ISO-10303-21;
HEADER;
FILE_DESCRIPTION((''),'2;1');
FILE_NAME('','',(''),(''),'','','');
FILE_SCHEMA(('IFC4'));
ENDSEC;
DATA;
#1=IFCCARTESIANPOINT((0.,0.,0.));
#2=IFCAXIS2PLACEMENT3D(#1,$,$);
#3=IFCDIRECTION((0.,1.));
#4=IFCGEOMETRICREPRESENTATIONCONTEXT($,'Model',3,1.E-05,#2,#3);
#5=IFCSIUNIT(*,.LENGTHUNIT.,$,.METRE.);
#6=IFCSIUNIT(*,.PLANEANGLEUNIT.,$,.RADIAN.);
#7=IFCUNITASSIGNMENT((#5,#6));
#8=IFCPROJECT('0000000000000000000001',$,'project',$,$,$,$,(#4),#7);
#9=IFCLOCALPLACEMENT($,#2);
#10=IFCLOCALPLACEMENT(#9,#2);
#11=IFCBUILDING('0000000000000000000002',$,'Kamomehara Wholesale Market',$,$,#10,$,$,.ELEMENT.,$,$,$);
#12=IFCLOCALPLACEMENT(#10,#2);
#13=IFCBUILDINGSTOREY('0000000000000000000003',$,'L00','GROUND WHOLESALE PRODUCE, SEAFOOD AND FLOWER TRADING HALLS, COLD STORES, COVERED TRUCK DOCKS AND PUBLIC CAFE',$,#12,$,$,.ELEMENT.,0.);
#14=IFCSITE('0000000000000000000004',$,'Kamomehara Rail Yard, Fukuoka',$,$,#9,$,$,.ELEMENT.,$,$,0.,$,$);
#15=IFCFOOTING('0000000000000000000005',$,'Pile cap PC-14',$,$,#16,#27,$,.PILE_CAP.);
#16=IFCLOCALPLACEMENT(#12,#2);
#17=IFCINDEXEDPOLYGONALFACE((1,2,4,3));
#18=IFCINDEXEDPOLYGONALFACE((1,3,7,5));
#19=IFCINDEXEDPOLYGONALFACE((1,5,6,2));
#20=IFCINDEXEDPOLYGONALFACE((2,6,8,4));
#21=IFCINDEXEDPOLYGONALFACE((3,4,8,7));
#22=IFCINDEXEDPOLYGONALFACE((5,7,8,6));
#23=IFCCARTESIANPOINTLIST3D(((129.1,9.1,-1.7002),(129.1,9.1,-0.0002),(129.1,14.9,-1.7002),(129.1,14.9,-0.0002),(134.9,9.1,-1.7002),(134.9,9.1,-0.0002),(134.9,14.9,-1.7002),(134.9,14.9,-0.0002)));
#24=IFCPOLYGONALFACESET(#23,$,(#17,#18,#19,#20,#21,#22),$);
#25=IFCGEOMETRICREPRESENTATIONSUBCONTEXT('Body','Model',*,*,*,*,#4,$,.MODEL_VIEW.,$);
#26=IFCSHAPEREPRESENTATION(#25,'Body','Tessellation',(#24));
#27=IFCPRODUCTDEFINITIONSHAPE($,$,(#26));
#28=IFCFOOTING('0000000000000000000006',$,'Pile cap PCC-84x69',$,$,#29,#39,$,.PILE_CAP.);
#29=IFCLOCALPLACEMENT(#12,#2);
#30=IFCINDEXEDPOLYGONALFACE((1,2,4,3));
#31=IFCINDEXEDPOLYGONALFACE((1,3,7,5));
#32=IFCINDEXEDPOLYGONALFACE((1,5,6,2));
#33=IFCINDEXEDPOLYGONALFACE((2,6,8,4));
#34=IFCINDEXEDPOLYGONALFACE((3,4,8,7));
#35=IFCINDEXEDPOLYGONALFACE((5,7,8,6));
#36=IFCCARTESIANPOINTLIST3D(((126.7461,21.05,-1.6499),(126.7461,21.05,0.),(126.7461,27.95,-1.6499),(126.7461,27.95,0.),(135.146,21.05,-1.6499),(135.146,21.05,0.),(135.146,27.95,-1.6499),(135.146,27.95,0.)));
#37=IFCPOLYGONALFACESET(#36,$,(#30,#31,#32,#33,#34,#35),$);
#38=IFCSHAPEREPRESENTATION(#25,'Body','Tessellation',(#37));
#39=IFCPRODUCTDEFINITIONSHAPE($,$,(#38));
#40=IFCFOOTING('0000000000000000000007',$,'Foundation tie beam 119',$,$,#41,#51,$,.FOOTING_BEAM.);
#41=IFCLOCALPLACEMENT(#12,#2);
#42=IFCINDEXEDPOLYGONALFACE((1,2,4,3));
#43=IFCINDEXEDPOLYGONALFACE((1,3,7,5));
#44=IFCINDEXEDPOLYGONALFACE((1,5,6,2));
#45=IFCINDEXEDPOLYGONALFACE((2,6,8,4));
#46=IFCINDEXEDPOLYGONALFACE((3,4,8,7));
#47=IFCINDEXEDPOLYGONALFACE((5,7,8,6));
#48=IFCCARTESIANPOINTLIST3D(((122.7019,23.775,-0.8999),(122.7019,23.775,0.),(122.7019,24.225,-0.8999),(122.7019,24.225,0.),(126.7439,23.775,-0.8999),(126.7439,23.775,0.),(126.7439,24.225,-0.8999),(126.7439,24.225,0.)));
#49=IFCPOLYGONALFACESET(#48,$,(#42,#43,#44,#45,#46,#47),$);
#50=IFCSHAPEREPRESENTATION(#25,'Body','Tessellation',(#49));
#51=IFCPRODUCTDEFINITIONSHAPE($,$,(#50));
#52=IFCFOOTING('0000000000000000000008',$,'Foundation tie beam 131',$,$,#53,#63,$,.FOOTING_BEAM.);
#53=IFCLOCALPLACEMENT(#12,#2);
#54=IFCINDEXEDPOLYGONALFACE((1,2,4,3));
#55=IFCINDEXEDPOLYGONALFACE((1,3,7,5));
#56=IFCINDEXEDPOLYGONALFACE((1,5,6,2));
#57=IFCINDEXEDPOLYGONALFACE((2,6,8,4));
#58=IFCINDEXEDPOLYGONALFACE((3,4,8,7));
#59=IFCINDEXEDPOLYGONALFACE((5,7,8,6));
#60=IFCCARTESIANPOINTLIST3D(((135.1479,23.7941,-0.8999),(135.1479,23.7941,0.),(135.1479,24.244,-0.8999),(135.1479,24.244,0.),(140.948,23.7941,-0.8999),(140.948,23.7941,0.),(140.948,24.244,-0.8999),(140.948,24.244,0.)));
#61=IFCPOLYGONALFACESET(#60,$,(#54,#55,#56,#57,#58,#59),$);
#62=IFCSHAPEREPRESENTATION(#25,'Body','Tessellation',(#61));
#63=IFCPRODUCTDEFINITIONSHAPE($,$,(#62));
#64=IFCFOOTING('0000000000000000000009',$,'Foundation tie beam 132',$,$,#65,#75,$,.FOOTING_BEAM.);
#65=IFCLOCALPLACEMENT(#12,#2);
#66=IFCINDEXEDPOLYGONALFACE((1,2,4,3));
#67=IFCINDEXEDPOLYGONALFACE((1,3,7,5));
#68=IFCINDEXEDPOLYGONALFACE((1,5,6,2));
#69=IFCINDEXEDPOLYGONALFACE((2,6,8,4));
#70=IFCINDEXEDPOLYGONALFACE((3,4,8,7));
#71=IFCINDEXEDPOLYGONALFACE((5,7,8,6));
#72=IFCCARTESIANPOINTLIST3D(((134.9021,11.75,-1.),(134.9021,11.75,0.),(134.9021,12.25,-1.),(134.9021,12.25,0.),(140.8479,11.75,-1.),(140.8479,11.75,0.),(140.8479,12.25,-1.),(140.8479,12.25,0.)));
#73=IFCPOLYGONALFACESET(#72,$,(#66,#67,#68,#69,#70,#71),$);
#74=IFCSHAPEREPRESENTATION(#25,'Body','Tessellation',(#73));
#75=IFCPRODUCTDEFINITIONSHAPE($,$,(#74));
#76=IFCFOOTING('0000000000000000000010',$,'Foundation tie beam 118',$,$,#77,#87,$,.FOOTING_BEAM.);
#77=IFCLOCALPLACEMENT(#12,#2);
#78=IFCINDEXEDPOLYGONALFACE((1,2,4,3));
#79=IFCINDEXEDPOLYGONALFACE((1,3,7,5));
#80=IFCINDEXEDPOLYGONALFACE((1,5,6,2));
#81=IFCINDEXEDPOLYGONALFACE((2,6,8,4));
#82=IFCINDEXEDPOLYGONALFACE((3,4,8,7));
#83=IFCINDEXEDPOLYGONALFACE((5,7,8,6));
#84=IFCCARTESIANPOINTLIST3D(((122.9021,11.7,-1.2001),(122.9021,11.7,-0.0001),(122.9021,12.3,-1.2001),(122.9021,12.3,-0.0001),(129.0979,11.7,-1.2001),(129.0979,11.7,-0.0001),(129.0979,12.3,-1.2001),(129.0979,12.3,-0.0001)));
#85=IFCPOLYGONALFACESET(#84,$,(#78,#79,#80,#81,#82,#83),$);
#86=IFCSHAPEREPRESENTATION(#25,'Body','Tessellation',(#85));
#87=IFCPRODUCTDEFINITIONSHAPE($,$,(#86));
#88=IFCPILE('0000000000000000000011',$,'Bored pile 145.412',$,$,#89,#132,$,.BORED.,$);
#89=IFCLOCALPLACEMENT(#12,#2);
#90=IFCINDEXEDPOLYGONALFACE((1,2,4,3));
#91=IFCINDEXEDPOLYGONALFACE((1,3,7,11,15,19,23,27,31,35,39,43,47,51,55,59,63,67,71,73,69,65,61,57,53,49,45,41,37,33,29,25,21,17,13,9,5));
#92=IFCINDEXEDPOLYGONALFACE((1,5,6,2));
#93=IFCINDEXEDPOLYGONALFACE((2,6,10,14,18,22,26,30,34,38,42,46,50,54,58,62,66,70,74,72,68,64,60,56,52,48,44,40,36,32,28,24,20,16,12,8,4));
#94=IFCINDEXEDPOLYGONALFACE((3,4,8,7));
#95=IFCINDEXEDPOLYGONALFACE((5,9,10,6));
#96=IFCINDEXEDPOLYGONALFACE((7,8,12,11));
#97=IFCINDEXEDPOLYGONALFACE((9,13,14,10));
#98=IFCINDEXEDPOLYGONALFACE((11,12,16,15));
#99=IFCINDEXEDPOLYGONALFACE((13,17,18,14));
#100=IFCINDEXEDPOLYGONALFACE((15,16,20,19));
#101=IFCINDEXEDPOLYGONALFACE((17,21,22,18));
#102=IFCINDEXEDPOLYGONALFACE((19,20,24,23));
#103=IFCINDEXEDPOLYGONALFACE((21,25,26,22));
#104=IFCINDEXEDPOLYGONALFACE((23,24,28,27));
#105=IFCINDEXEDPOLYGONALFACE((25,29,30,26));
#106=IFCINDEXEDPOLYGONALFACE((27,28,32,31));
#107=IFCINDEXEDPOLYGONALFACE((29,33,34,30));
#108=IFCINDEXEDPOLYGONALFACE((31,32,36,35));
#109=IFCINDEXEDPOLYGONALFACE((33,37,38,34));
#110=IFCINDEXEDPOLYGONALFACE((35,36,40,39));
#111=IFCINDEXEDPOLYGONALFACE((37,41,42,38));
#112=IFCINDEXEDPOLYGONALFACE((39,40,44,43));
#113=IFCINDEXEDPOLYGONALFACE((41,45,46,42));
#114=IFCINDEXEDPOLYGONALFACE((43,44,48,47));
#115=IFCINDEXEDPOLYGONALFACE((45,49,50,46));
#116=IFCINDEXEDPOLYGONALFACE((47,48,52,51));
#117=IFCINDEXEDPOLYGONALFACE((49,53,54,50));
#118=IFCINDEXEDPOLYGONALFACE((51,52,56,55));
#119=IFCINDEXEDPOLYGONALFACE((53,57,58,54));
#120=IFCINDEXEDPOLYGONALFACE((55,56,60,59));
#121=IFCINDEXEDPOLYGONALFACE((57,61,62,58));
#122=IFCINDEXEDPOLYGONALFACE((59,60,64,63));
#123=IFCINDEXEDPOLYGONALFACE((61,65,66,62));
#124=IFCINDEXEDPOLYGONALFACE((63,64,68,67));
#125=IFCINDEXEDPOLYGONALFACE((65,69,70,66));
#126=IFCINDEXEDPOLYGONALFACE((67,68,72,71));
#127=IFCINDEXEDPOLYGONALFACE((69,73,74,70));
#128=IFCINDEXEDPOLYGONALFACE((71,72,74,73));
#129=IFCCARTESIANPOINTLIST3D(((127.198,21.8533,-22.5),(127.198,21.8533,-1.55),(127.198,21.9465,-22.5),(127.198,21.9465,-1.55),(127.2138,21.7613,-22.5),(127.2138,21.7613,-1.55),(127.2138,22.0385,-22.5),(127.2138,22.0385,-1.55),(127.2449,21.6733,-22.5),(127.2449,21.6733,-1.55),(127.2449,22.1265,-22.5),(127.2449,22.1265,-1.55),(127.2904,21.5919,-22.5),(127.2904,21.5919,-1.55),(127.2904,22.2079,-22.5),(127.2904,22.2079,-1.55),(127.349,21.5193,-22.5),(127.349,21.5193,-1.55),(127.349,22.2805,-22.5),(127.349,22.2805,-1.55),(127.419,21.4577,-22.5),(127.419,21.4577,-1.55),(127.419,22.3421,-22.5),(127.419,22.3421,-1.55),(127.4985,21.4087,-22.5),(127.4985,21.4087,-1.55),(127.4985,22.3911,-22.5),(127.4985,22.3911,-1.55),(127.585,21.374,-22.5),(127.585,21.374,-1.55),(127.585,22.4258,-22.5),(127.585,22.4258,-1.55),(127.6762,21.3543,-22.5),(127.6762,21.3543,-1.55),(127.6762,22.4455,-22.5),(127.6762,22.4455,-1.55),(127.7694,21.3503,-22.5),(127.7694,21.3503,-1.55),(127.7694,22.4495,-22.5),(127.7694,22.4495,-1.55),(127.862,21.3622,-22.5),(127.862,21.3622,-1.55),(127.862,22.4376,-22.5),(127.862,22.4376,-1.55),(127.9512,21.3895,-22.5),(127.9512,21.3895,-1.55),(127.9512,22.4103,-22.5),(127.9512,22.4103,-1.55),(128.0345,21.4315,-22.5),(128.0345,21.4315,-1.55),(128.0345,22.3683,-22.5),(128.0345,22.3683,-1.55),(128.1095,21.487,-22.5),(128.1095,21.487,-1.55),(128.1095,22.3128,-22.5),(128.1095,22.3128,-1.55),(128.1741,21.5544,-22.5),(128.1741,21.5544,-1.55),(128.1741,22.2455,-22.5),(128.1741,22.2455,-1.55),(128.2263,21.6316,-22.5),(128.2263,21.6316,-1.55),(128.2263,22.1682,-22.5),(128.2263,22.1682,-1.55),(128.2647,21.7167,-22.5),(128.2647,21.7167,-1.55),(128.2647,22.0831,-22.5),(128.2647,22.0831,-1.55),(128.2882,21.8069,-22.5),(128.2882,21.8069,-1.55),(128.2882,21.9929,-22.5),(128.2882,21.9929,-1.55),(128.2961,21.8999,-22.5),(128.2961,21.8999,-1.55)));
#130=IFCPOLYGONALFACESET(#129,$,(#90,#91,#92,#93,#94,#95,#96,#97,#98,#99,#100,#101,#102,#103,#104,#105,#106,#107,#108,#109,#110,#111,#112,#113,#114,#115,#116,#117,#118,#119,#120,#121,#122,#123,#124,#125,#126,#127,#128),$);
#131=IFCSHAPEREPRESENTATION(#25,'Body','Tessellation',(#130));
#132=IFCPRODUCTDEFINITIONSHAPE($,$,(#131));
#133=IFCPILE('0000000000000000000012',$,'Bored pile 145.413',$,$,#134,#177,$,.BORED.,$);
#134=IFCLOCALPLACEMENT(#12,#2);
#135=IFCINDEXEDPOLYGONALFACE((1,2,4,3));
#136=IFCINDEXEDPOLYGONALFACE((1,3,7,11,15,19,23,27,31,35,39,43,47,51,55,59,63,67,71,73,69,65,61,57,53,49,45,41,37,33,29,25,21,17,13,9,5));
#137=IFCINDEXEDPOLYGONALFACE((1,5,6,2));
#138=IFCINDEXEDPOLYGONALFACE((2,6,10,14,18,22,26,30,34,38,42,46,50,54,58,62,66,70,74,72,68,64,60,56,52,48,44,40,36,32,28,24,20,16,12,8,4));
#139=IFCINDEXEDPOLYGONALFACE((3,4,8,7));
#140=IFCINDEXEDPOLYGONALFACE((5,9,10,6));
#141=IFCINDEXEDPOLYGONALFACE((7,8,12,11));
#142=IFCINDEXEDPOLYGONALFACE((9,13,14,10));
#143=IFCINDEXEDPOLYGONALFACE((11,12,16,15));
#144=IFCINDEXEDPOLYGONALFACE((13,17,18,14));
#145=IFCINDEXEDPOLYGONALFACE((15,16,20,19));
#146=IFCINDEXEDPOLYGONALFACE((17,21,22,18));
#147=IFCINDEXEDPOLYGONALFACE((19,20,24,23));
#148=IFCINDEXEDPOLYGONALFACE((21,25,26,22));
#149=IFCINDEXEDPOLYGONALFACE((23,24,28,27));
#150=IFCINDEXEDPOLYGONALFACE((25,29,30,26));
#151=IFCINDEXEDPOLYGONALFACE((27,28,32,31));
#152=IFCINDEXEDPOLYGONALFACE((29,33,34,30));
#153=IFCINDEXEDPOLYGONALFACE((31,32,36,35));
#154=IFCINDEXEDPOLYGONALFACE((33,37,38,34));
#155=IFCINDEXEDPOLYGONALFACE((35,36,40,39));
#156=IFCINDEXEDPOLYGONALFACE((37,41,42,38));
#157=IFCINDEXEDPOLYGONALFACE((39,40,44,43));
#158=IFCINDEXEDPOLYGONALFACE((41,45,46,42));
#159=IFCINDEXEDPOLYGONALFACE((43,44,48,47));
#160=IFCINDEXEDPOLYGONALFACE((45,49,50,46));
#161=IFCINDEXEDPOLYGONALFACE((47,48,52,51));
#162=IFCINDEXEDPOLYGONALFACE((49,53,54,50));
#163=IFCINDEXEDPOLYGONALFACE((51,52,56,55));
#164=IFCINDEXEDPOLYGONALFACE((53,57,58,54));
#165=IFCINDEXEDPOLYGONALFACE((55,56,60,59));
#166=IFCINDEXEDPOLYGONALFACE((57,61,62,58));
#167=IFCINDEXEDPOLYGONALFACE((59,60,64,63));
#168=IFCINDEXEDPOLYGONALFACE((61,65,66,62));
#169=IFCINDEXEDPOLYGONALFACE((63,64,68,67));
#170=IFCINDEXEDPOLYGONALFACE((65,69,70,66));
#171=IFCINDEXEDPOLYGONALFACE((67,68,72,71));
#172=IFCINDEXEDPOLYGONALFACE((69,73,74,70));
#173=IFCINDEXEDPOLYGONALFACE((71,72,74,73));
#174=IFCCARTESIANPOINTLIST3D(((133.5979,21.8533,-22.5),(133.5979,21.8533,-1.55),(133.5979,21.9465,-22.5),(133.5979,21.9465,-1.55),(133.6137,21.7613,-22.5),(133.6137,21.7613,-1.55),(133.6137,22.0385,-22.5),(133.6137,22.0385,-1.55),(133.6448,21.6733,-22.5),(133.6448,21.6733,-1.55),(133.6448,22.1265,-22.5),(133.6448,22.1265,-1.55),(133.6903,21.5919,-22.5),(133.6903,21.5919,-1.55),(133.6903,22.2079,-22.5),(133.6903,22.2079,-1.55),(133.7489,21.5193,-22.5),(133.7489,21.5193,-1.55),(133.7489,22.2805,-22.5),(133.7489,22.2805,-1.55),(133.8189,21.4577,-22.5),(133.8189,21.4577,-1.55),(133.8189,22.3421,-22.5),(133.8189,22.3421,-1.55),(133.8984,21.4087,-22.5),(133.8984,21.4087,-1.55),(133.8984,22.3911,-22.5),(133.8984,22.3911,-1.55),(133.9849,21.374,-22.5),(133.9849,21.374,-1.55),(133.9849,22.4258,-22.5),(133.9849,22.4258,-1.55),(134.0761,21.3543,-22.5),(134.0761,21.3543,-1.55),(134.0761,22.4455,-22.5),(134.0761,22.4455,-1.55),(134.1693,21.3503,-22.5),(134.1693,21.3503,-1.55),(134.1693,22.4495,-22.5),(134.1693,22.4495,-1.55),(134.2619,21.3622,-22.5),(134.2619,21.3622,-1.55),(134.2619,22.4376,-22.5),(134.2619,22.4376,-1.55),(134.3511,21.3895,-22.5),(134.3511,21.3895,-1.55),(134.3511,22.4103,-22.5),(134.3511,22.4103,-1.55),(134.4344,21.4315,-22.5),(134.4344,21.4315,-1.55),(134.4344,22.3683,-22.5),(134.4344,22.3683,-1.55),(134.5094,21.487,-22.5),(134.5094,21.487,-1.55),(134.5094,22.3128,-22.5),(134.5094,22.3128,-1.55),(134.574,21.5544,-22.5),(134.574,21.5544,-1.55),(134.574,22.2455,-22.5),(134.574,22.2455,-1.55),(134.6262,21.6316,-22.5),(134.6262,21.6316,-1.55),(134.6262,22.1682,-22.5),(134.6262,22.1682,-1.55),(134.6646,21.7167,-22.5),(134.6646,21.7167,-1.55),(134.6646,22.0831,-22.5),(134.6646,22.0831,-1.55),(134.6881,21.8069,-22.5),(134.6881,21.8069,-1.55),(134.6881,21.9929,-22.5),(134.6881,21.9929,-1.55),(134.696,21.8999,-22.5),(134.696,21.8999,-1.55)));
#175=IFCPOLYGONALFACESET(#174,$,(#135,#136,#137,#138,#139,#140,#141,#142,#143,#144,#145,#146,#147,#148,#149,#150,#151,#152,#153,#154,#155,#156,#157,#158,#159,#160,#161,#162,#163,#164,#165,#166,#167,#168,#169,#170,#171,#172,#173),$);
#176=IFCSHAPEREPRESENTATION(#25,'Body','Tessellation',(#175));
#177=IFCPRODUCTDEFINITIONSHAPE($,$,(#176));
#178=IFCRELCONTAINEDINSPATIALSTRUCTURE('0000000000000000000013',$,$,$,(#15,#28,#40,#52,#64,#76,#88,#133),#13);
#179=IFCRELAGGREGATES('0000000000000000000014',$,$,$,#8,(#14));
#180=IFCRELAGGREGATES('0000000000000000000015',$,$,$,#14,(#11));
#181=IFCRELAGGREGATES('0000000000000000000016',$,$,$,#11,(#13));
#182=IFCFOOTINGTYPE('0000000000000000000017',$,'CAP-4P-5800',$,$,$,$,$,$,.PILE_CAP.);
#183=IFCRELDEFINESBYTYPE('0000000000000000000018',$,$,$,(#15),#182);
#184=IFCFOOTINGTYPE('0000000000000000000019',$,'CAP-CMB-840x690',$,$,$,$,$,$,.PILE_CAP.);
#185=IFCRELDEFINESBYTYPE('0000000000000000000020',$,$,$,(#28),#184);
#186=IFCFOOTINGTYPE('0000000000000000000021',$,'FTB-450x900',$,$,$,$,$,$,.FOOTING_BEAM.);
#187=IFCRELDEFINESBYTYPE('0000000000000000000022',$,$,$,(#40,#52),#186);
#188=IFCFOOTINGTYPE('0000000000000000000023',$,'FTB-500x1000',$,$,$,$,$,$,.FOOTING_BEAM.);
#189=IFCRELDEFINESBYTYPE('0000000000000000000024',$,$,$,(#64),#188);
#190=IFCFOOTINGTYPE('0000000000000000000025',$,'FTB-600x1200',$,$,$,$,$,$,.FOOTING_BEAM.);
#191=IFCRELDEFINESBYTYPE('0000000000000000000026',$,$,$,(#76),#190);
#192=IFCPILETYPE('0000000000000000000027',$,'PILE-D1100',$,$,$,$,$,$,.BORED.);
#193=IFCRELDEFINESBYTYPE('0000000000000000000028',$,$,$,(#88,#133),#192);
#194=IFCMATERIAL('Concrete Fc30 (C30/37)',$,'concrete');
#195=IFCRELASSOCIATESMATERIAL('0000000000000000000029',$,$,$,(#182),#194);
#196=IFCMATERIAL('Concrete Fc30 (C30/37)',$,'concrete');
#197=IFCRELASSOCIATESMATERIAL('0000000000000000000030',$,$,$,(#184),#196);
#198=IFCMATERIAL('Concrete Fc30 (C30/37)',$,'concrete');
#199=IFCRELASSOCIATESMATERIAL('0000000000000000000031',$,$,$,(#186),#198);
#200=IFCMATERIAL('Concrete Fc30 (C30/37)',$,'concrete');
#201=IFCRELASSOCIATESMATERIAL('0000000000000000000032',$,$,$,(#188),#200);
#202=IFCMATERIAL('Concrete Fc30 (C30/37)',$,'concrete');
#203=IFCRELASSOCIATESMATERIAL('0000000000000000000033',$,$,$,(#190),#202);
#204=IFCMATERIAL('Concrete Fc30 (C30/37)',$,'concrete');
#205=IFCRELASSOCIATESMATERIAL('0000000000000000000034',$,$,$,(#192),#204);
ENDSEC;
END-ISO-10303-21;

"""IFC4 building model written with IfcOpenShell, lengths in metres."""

from ifc_helpers import new_model, si_unit, direction, frame, origin, origin_2d, place, context, subcontext, project, spatial, rectangle, circle, extrude, material, material_profile, profile_set, type_object, element, save


model = new_model("IFC4")

# Units and contexts
model_context = context("Model", 3, precision=1e-05, world=origin(), true_north=direction((0.0, 1.0)))
body_context = subcontext(model_context, "Body", "Model", "MODEL_VIEW")
ifc_project = project(units=[si_unit("LENGTHUNIT", "METRE"), si_unit("PLANEANGLEUNIT", "RADIAN")], contexts=[model_context])

# Site, building, storey
site_placement = place(None, origin())
site = spatial("IfcSite", under=ifc_project, at=site_placement, Name="Kamomehara Rail Yard, Fukuoka", CompositionType="ELEMENT", RefElevation=0.0)
building_placement = place(site_placement, origin())
building = spatial("IfcBuilding", under=site, at=building_placement, Name="Kamomehara Wholesale Market", CompositionType="ELEMENT")
storey_placement = place(building_placement, origin())
storey = spatial("IfcBuildingStorey", under=building, at=storey_placement, Name="L00", Description="GROUND WHOLESALE PRODUCE, SEAFOOD AND FLOWER TRADING HALLS, COLD STORES, COVERED TRUCK DOCKS AND PUBLIC CAFE", CompositionType="ELEMENT", Elevation=0.0)

# Footings
ifc_material_1 = material(Name="Concrete Fc30 (C30/37)", Category="concrete")
footing_type_1 = type_object("IfcFootingType", Name="CAP-4P-5800", PredefinedType="PILE_CAP", material=ifc_material_1)
footing_1_placement = place(storey_placement, frame((132.0, 12.0, -1.7002), z_axis=(0.0, 0.0, 1.0), x_axis=(1.0, 0.0, 0.0)))
element("IfcFooting", 1, at=footing_1_placement, inside=storey, type_object=footing_type_1, Name="Pile cap PC-14", PredefinedType="PILE_CAP", context=body_context, shape_type="SweptSolid", body=[
    extrude(rectangle(XDim=5.8, YDim=5.8, at=origin_2d()), origin(), (0.0, 0.0, 1.0), 1.7),
])
ifc_material_2 = material(Name="Concrete Fc30 (C30/37)", Category="concrete")
footing_type_2 = type_object("IfcFootingType", Name="CAP-CMB-840x690", PredefinedType="PILE_CAP", material=ifc_material_2)
footing_2_placement = place(storey_placement, frame((130.946, 24.5, -1.6499), z_axis=(0.0, 0.0, 1.0), x_axis=(1.0, 0.0, 0.0)))
element("IfcFooting", 2, at=footing_2_placement, inside=storey, type_object=footing_type_2, Name="Pile cap PCC-84x69", PredefinedType="PILE_CAP", context=body_context, shape_type="SweptSolid", body=[
    extrude(rectangle(XDim=8.3999, YDim=6.8999, at=origin_2d()), origin(), (0.0, 0.0, 1.0), 1.6499),
])
ifc_material_3 = material(Name="Concrete Fc30 (C30/37)", Category="concrete")
ifc_material_profile_1 = material_profile(ifc_material_3, rectangle(XDim=0.45, YDim=0.8999, at=origin_2d()), Name="RC-FTB-450x900")
ifc_profile_set_1 = profile_set([ifc_material_profile_1], Name="Concrete Fc30 (C30/37)")
footing_type_3 = type_object("IfcFootingType", Name="FTB-450x900", PredefinedType="FOOTING_BEAM", material=ifc_profile_set_1)
footing_3_placement = place(storey_placement, frame((122.7019, 24.0, -0.45), z_axis=(1.0, 0.0, 0.0), x_axis=(0.0, 1.0, 0.0)))
element("IfcFooting", 3, at=footing_3_placement, inside=storey, type_object=footing_type_3, Name="Foundation tie beam 119", PredefinedType="FOOTING_BEAM", context=body_context, shape_type="SweptSolid", body=[
    extrude(rectangle(XDim=0.45, YDim=0.8999, at=origin_2d()), origin(), (0.0, 0.0, 1.0), 4.042),
])
footing_4_placement = place(storey_placement, frame((135.1479, 24.019, -0.45), z_axis=(1.0, 0.0, 0.0), x_axis=(0.0, 1.0, 0.0)))
element("IfcFooting", 4, at=footing_4_placement, inside=storey, type_object=footing_type_3, Name="Foundation tie beam 131", PredefinedType="FOOTING_BEAM", context=body_context, shape_type="SweptSolid", body=[
    extrude(rectangle(XDim=0.45, YDim=0.8999, at=origin_2d()), origin(), (0.0, 0.0, 1.0), 5.8),
])
ifc_material_4 = material(Name="Concrete Fc30 (C30/37)", Category="concrete")
ifc_material_profile_2 = material_profile(ifc_material_4, rectangle(XDim=0.5, YDim=1.0, at=origin_2d()), Name="RC-FTB-500x1000")
ifc_profile_set_2 = profile_set([ifc_material_profile_2], Name="Concrete Fc30 (C30/37)")
footing_type_4 = type_object("IfcFootingType", Name="FTB-500x1000", PredefinedType="FOOTING_BEAM", material=ifc_profile_set_2)
footing_5_placement = place(storey_placement, frame((134.9021, 12.0, -0.5), z_axis=(1.0, 0.0, 0.0), x_axis=(0.0, 1.0, 0.0)))
element("IfcFooting", 5, at=footing_5_placement, inside=storey, type_object=footing_type_4, Name="Foundation tie beam 132", PredefinedType="FOOTING_BEAM", context=body_context, shape_type="SweptSolid", body=[
    extrude(rectangle(XDim=0.5, YDim=1.0, at=origin_2d()), origin(), (0.0, 0.0, 1.0), 5.9458),
])
ifc_material_5 = material(Name="Concrete Fc30 (C30/37)", Category="concrete")
ifc_material_profile_3 = material_profile(ifc_material_5, rectangle(XDim=0.6001, YDim=1.2, at=origin_2d()), Name="RC-FTB-600x1200")
ifc_profile_set_3 = profile_set([ifc_material_profile_3], Name="Concrete Fc30 (C30/37)")
footing_type_5 = type_object("IfcFootingType", Name="FTB-600x1200", PredefinedType="FOOTING_BEAM", material=ifc_profile_set_3)
footing_6_placement = place(storey_placement, frame((122.9021, 12.0, -0.6001), z_axis=(1.0, 0.0, 0.0), x_axis=(0.0, 1.0, 0.0)))
element("IfcFooting", 6, at=footing_6_placement, inside=storey, type_object=footing_type_5, Name="Foundation tie beam 118", PredefinedType="FOOTING_BEAM", context=body_context, shape_type="SweptSolid", body=[
    extrude(rectangle(XDim=0.6001, YDim=1.2, at=origin_2d()), origin(), (0.0, 0.0, 1.0), 6.1958),
])

# Piles
ifc_material_6 = material(Name="Concrete Fc30 (C30/37)", Category="concrete")
ifc_material_profile_4 = material_profile(ifc_material_6, circle(Radius=0.55, at=origin_2d()), Name="RC-PILE-D1100")
ifc_profile_set_4 = profile_set([ifc_material_profile_4], Name="Concrete Fc30 (C30/37)")
pile_type_1 = type_object("IfcPileType", Name="PILE-D1100", PredefinedType="BORED", material=ifc_profile_set_4)
for number, where, z_axis, x_axis, name in (
    (7, (127.7461, 21.8999, -1.55), (0.0, 0.0, -1.0), (1.0, 0.0, 0.0), "Bored pile 145.412"),
    (8, (134.146, 21.8999, -1.55), (0.0, 0.0, -1.0), (1.0, 0.0, 0.0), "Bored pile 145.413"),
):
    element("IfcPile", number, at=place(storey_placement, frame(where, z_axis=z_axis, x_axis=x_axis)), inside=storey, type_object=pile_type_1, Name=name, PredefinedType="BORED", context=body_context, shape_type="SweptSolid", body=[
        extrude(circle(Radius=0.55, at=origin_2d()), origin(), (0.0, 0.0, 1.0), 20.95),
    ])

save(model, "model.ifc")
